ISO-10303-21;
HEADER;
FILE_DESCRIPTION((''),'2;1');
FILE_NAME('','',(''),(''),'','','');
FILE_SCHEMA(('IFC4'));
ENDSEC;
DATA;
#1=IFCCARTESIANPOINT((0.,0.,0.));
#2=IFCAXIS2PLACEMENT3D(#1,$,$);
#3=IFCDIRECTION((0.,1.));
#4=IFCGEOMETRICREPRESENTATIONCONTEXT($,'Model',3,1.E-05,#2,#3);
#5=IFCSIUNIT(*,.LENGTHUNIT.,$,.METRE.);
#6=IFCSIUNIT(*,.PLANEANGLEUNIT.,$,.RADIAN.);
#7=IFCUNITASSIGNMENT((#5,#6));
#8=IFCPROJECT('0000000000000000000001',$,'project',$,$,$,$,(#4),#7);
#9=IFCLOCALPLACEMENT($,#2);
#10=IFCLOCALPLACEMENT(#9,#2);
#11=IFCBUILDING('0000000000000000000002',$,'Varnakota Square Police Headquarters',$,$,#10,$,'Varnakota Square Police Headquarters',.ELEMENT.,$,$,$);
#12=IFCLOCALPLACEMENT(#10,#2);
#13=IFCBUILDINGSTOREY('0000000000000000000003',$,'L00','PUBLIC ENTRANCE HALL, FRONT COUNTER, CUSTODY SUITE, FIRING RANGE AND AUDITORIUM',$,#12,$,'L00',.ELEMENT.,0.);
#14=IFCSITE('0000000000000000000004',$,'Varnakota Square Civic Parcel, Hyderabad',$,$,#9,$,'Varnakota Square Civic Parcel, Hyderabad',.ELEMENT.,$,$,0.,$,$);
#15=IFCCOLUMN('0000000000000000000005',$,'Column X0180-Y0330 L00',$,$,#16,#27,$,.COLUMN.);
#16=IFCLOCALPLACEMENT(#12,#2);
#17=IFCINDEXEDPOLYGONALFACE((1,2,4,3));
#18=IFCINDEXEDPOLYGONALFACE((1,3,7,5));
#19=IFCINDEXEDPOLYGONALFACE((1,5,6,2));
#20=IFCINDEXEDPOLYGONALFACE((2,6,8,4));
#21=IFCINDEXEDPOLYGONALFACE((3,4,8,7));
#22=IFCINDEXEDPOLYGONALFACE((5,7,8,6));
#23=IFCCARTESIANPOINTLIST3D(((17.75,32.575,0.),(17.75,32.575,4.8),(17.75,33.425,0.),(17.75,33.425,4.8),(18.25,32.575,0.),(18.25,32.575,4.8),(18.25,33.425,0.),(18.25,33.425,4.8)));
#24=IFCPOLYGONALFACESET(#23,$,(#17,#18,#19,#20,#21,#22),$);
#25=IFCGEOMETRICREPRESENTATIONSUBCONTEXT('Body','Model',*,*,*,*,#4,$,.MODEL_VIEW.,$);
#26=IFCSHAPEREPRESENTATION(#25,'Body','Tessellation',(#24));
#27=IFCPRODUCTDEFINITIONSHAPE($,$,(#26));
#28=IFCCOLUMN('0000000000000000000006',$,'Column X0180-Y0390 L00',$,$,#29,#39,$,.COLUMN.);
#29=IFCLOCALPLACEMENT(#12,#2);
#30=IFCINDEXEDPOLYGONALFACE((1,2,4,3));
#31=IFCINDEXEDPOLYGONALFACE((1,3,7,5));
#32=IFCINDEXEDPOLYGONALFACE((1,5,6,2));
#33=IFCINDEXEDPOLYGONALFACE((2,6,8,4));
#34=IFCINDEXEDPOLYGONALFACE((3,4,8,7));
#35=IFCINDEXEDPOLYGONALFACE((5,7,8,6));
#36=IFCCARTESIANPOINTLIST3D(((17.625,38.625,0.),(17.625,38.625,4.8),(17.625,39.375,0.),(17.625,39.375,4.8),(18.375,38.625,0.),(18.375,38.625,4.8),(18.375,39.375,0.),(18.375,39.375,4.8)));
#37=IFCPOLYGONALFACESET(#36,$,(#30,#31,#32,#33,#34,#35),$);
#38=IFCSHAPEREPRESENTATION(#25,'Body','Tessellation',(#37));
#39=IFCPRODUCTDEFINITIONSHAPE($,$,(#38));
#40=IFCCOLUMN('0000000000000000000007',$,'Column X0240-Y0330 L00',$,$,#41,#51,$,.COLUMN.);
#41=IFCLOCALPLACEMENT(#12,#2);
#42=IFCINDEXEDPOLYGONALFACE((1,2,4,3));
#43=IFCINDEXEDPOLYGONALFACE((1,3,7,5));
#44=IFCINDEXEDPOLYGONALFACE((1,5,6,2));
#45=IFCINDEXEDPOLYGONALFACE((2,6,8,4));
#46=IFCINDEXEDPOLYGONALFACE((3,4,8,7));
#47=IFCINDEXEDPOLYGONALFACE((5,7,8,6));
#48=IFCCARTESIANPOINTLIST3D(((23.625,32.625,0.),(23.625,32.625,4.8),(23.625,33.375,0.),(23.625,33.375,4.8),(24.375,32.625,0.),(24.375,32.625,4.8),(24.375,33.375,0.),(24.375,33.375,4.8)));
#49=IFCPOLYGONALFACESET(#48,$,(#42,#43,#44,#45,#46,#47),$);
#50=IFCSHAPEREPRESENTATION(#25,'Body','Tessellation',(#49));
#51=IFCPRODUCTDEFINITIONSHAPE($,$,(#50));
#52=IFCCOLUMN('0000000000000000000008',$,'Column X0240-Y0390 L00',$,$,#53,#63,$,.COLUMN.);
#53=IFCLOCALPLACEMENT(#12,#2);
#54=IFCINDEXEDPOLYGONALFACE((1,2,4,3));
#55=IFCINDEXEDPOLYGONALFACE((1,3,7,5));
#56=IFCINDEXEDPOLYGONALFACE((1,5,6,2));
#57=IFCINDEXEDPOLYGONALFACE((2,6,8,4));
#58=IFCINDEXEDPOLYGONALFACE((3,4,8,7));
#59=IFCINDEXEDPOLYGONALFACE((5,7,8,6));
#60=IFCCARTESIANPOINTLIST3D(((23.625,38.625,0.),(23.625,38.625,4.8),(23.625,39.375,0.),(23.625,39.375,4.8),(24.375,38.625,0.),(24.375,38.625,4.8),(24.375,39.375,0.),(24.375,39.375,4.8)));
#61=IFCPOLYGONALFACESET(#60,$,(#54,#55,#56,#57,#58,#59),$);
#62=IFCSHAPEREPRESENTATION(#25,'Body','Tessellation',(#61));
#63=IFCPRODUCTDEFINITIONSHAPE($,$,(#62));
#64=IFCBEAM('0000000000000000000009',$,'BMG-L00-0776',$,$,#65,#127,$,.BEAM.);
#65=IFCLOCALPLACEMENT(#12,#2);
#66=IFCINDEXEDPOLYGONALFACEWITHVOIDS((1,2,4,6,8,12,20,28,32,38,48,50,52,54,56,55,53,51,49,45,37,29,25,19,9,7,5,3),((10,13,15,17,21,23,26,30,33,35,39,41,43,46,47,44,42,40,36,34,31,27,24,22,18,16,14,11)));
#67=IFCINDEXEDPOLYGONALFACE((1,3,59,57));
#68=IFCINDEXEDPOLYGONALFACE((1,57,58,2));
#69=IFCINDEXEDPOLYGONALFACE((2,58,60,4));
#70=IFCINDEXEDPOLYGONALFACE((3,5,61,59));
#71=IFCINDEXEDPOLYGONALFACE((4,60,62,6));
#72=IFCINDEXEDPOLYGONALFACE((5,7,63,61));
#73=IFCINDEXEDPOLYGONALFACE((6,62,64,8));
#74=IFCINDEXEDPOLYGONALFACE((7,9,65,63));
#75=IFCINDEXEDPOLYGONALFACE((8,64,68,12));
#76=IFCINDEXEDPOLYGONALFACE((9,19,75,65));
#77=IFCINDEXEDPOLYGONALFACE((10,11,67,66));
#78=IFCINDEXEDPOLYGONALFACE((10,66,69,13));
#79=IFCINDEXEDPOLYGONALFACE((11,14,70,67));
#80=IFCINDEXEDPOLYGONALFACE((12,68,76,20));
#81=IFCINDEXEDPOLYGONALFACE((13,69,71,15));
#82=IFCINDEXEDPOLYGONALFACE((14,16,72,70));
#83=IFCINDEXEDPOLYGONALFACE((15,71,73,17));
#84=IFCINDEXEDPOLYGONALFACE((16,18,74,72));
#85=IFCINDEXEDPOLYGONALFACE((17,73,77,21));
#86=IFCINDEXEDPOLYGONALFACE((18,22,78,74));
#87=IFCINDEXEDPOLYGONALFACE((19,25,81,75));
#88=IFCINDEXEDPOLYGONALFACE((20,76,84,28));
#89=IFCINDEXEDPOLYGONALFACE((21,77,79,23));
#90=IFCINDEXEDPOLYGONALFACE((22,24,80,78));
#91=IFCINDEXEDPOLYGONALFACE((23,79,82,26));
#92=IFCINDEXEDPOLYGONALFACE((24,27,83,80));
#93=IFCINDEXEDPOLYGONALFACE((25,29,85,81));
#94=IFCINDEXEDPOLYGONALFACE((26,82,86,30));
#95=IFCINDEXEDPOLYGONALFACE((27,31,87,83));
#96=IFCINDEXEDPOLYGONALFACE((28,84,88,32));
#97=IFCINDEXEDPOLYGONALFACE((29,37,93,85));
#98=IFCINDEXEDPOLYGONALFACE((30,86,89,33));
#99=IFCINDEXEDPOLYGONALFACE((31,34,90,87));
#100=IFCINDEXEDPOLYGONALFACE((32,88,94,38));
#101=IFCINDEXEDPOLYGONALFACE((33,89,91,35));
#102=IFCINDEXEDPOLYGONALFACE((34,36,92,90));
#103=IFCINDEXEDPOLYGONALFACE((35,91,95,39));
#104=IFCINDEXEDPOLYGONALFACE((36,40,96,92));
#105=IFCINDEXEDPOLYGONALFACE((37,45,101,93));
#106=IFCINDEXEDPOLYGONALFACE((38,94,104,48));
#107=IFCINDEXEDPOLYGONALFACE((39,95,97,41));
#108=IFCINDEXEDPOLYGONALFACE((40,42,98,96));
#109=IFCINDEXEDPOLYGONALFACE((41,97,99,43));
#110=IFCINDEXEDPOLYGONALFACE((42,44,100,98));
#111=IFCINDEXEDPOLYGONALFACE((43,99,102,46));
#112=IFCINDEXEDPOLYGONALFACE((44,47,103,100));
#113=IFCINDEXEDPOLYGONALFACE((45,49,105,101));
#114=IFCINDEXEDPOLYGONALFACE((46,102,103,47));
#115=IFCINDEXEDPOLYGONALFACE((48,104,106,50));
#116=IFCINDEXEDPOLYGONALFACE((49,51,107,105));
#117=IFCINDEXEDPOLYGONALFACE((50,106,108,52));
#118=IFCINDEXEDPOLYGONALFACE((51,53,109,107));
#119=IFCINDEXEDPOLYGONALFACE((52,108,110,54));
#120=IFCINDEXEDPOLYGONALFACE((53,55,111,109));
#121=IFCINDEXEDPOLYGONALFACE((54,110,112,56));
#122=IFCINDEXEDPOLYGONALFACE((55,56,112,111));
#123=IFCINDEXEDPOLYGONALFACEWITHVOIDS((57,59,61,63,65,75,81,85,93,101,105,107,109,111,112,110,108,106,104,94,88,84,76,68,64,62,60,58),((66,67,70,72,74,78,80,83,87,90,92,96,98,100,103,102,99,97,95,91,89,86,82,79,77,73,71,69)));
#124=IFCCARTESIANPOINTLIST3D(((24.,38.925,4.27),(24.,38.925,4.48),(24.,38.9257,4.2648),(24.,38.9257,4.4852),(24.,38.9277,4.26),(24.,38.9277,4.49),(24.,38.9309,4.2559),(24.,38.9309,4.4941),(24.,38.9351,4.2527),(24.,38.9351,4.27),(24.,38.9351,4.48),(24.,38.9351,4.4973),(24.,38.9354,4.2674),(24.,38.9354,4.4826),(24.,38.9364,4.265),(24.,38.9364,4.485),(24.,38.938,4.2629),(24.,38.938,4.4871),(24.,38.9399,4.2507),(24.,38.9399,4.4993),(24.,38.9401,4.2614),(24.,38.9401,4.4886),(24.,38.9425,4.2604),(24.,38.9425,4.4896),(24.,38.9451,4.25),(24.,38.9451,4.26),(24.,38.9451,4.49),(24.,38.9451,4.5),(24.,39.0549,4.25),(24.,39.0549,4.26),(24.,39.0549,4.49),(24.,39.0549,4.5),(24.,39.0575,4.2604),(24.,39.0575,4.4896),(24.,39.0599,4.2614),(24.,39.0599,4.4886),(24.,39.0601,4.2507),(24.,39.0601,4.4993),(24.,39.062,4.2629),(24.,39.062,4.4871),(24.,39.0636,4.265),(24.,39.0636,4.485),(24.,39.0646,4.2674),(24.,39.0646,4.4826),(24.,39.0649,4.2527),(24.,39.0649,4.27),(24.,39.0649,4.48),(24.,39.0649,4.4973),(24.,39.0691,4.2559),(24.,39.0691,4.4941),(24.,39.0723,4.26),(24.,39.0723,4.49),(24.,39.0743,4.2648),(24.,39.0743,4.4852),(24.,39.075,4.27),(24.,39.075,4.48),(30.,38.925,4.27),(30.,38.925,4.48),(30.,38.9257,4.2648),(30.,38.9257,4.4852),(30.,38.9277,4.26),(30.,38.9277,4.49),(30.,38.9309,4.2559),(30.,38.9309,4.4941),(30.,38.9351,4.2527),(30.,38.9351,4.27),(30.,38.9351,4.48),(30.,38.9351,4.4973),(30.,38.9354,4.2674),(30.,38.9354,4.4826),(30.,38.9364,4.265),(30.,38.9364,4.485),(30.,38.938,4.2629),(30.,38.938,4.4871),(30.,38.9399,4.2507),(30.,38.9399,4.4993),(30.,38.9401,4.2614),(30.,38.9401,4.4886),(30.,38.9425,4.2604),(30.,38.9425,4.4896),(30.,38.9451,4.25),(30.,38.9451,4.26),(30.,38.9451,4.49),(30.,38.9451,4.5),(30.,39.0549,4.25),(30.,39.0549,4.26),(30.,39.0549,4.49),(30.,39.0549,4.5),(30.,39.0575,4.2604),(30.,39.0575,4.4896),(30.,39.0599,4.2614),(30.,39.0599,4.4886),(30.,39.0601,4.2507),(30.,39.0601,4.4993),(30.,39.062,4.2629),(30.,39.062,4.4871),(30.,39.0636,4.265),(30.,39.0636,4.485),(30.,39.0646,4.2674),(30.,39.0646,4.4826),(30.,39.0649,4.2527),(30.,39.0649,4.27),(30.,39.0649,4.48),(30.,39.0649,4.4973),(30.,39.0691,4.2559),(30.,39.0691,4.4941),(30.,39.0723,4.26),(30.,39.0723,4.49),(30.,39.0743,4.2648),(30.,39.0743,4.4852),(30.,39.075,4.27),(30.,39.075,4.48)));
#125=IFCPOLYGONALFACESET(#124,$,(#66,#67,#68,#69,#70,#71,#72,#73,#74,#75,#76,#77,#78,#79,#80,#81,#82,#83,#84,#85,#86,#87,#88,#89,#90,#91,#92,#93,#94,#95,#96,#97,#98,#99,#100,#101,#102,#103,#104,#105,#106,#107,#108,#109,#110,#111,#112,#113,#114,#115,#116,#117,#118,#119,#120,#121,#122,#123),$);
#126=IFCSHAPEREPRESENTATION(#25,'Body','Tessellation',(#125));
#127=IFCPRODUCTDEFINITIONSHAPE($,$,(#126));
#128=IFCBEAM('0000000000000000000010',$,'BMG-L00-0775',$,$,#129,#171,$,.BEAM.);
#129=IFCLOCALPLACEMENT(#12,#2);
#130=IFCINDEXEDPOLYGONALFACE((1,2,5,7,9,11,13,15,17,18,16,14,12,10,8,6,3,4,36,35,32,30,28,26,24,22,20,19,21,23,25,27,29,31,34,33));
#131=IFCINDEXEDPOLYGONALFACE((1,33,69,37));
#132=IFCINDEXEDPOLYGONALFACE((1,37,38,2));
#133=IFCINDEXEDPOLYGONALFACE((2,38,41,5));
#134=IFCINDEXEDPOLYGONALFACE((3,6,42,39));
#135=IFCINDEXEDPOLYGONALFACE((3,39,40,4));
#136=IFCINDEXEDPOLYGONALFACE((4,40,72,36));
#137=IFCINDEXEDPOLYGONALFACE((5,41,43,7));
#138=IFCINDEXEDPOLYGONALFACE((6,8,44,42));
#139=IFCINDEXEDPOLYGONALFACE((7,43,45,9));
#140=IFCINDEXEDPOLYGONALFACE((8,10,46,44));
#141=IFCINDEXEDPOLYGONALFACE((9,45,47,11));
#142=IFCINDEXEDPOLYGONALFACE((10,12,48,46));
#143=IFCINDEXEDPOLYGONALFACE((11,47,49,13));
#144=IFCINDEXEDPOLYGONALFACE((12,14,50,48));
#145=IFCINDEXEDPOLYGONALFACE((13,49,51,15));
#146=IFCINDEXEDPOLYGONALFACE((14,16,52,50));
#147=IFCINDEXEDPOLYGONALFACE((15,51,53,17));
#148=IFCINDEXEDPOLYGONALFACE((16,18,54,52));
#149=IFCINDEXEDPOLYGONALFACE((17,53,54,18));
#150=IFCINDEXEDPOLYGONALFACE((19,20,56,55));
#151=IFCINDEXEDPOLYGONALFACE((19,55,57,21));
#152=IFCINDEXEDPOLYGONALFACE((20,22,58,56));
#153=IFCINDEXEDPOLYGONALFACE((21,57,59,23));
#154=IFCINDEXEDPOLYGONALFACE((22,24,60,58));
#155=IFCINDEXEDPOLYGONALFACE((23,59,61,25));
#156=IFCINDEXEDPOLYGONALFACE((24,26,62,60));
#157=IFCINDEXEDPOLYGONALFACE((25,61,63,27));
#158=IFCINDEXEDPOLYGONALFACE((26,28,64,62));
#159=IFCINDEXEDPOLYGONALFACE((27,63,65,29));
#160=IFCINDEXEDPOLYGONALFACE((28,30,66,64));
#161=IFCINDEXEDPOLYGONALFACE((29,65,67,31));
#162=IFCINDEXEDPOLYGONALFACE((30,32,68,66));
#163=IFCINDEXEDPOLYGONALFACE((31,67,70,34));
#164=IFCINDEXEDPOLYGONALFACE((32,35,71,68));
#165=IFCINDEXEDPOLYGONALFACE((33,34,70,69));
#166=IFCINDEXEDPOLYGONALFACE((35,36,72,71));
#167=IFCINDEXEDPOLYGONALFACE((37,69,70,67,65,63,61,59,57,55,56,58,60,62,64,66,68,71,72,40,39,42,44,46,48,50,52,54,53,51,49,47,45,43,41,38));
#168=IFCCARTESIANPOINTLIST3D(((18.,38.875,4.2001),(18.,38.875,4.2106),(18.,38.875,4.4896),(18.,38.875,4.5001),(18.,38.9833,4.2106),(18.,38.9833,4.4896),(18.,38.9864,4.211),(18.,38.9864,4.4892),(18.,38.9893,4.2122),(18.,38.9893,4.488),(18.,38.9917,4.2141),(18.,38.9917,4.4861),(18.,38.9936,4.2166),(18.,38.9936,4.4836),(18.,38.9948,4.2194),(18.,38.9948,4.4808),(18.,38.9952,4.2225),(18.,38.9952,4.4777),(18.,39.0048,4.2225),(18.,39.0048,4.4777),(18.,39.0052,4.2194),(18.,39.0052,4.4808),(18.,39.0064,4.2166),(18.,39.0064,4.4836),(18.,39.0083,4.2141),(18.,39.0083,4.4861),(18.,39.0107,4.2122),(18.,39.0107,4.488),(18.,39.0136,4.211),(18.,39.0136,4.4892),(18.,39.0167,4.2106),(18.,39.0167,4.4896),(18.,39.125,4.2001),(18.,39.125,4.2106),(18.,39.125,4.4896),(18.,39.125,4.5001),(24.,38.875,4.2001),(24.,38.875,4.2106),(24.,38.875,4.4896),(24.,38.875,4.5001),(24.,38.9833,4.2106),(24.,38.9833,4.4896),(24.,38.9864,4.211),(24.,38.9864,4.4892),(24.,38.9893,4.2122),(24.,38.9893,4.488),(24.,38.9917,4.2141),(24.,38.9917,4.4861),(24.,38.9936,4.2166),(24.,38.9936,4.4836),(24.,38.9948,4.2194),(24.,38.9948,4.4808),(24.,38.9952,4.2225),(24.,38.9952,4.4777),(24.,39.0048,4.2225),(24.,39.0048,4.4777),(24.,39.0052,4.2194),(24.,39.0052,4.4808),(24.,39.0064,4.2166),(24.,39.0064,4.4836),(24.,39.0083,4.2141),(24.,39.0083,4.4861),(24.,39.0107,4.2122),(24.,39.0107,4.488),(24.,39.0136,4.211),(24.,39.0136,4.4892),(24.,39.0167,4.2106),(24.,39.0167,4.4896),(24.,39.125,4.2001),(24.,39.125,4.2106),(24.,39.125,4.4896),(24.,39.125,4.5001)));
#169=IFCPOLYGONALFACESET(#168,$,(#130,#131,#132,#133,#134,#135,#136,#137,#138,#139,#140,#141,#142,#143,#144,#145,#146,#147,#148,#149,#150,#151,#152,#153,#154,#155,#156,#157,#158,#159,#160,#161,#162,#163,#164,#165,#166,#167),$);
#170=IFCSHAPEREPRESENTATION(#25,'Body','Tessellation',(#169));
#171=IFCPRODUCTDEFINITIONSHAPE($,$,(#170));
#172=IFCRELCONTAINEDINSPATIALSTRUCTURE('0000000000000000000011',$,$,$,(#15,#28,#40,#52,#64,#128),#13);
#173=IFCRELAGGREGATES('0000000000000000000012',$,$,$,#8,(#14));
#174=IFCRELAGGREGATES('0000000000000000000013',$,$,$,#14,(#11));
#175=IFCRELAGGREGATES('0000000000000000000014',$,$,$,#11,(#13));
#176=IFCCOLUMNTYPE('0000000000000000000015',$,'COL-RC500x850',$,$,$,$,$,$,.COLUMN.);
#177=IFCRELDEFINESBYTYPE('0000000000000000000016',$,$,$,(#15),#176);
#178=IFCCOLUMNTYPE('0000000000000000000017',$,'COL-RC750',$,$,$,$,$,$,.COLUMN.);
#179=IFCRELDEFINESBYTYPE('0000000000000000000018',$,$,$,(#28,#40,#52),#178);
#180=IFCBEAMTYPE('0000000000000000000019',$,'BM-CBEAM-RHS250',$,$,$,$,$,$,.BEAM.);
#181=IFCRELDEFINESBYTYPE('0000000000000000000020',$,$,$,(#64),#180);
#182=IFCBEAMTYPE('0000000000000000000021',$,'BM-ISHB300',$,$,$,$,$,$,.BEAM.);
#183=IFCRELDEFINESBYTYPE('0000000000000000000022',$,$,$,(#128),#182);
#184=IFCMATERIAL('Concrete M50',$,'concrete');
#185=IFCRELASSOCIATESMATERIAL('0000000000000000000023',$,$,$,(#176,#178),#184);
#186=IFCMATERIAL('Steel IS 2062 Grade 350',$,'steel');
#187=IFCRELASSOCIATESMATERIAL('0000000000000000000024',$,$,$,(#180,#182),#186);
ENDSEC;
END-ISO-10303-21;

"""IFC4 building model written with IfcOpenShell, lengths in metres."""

from ifc_helpers import new_model, si_unit, direction, frame, origin, origin_2d, place, context, subcontext, project, spatial, rectangle, hollow_rectangle, i_section, extrude, material, material_profile, profile_set, type_object, element, save


model = new_model("IFC4")

# Units and contexts
model_context = context("Model", 3, precision=1e-05, world=origin(), true_north=direction((0.0, 1.0)))
body_context = subcontext(model_context, "Body", "Model", "MODEL_VIEW")
ifc_project = project(units=[si_unit("LENGTHUNIT", "METRE"), si_unit("PLANEANGLEUNIT", "RADIAN")], contexts=[model_context])

# Site, building, storey
site_placement = place(None, origin())
site = spatial("IfcSite", under=ifc_project, at=site_placement, Name="Varnakota Square Civic Parcel, Hyderabad", LongName="Varnakota Square Civic Parcel, Hyderabad", CompositionType="ELEMENT", RefElevation=0.0)
building_placement = place(site_placement, origin())
building = spatial("IfcBuilding", under=site, at=building_placement, Name="Varnakota Square Police Headquarters", LongName="Varnakota Square Police Headquarters", CompositionType="ELEMENT")
storey_placement = place(building_placement, origin())
storey = spatial("IfcBuildingStorey", under=building, at=storey_placement, Name="L00", Description="PUBLIC ENTRANCE HALL, FRONT COUNTER, CUSTODY SUITE, FIRING RANGE AND AUDITORIUM", LongName="L00", CompositionType="ELEMENT", Elevation=0.0)

# Columns
ifc_material_1 = material(Name="Concrete M50", Category="concrete")
ifc_material_profile_1 = material_profile(ifc_material_1, rectangle(XDim=0.5, YDim=0.8501, at=origin_2d()), Name="RC 500x850")
ifc_profile_set_1 = profile_set([ifc_material_profile_1], Name="Concrete M50")
column_type_1 = type_object("IfcColumnType", Name="COL-RC500x850", PredefinedType="COLUMN", material=ifc_profile_set_1)
column_placement = place(storey_placement, frame((18.0, 33.0, 0.0), z_axis=(0.0, 0.0, 1.0), x_axis=(1.0, 0.0, 0.0)))
element("IfcColumn", 1, at=column_placement, inside=storey, type_object=column_type_1, Name="Column X0180-Y0330 L00", PredefinedType="COLUMN", context=body_context, shape_type="SweptSolid", body=[
    extrude(rectangle(XDim=0.5, YDim=0.8501, at=origin_2d()), origin(), (0.0, 0.0, 1.0), 4.8),
])
ifc_material_profile_2 = material_profile(ifc_material_1, rectangle(XDim=0.75, YDim=0.75, at=origin_2d()), Name="RC 750x750")
ifc_profile_set_2 = profile_set([ifc_material_profile_2], Name="Concrete M50")
column_type_2 = type_object("IfcColumnType", Name="COL-RC750", PredefinedType="COLUMN", material=ifc_profile_set_2)
for number, where, z_axis, x_axis, name in (
    (2, (18.0, 39.0, 0.0), (0.0, 0.0, 1.0), (1.0, 0.0, 0.0), "Column X0180-Y0390 L00"),
    (3, (24.0, 33.0, 0.0), (0.0, 0.0, 1.0), (1.0, 0.0, 0.0), "Column X0240-Y0330 L00"),
    (4, (24.0, 39.0, 0.0), (0.0, 0.0, 1.0), (1.0, 0.0, 0.0), "Column X0240-Y0390 L00"),
):
    element("IfcColumn", number, at=place(storey_placement, frame(where, z_axis=z_axis, x_axis=x_axis)), inside=storey, type_object=column_type_2, Name=name, PredefinedType="COLUMN", context=body_context, shape_type="SweptSolid", body=[
        extrude(rectangle(XDim=0.75, YDim=0.75, at=origin_2d()), origin(), (0.0, 0.0, 1.0), 4.8),
    ])

# Beams
ifc_material_2 = material(Name="Steel IS 2062 Grade 350", Category="steel")
ifc_material_profile_3 = material_profile(ifc_material_2, hollow_rectangle(XDim=0.1499, YDim=0.25, WallThickness=0.01, InnerFilletRadius=0.01, OuterFilletRadius=0.02, at=origin_2d()), Name="RHS 250x150x10")
ifc_profile_set_3 = profile_set([ifc_material_profile_3], Name="Steel IS 2062 Grade 350")
beam_type_1 = type_object("IfcBeamType", Name="BM-CBEAM-RHS250", PredefinedType="BEAM", material=ifc_profile_set_3)
beam_1_placement = place(storey_placement, frame((24.0, 39.0, 4.375), z_axis=(1.0, 0.0, 0.0), x_axis=(0.0, 1.0, 0.0)))
element("IfcBeam", 5, at=beam_1_placement, inside=storey, type_object=beam_type_1, Name="BMG-L00-0776", PredefinedType="BEAM", context=body_context, shape_type="SweptSolid", body=[
    extrude(hollow_rectangle(XDim=0.1499, YDim=0.25, WallThickness=0.01, InnerFilletRadius=0.01, OuterFilletRadius=0.02, at=origin_2d()), origin(), (0.0, 0.0, 1.0), 6.0),
])
ifc_material_profile_4 = material_profile(ifc_material_2, i_section(OverallWidth=0.25, OverallDepth=0.3, WebThickness=0.0095, FlangeThickness=0.0105, FilletRadius=0.012, at=origin_2d()), Name="ISHB 300")
ifc_profile_set_4 = profile_set([ifc_material_profile_4], Name="Steel IS 2062 Grade 350")
beam_type_2 = type_object("IfcBeamType", Name="BM-ISHB300", PredefinedType="BEAM", material=ifc_profile_set_4)
beam_2_placement = place(storey_placement, frame((18.0, 39.0, 4.3501), z_axis=(1.0, 0.0, 0.0), x_axis=(0.0, 1.0, 0.0)))
element("IfcBeam", 6, at=beam_2_placement, inside=storey, type_object=beam_type_2, Name="BMG-L00-0775", PredefinedType="BEAM", context=body_context, shape_type="SweptSolid", body=[
    extrude(i_section(OverallWidth=0.25, OverallDepth=0.3, WebThickness=0.0095, FlangeThickness=0.0105, FilletRadius=0.012, at=origin_2d()), origin(), (0.0, 0.0, 1.0), 6.0),
])

save(model, "model.ifc")
